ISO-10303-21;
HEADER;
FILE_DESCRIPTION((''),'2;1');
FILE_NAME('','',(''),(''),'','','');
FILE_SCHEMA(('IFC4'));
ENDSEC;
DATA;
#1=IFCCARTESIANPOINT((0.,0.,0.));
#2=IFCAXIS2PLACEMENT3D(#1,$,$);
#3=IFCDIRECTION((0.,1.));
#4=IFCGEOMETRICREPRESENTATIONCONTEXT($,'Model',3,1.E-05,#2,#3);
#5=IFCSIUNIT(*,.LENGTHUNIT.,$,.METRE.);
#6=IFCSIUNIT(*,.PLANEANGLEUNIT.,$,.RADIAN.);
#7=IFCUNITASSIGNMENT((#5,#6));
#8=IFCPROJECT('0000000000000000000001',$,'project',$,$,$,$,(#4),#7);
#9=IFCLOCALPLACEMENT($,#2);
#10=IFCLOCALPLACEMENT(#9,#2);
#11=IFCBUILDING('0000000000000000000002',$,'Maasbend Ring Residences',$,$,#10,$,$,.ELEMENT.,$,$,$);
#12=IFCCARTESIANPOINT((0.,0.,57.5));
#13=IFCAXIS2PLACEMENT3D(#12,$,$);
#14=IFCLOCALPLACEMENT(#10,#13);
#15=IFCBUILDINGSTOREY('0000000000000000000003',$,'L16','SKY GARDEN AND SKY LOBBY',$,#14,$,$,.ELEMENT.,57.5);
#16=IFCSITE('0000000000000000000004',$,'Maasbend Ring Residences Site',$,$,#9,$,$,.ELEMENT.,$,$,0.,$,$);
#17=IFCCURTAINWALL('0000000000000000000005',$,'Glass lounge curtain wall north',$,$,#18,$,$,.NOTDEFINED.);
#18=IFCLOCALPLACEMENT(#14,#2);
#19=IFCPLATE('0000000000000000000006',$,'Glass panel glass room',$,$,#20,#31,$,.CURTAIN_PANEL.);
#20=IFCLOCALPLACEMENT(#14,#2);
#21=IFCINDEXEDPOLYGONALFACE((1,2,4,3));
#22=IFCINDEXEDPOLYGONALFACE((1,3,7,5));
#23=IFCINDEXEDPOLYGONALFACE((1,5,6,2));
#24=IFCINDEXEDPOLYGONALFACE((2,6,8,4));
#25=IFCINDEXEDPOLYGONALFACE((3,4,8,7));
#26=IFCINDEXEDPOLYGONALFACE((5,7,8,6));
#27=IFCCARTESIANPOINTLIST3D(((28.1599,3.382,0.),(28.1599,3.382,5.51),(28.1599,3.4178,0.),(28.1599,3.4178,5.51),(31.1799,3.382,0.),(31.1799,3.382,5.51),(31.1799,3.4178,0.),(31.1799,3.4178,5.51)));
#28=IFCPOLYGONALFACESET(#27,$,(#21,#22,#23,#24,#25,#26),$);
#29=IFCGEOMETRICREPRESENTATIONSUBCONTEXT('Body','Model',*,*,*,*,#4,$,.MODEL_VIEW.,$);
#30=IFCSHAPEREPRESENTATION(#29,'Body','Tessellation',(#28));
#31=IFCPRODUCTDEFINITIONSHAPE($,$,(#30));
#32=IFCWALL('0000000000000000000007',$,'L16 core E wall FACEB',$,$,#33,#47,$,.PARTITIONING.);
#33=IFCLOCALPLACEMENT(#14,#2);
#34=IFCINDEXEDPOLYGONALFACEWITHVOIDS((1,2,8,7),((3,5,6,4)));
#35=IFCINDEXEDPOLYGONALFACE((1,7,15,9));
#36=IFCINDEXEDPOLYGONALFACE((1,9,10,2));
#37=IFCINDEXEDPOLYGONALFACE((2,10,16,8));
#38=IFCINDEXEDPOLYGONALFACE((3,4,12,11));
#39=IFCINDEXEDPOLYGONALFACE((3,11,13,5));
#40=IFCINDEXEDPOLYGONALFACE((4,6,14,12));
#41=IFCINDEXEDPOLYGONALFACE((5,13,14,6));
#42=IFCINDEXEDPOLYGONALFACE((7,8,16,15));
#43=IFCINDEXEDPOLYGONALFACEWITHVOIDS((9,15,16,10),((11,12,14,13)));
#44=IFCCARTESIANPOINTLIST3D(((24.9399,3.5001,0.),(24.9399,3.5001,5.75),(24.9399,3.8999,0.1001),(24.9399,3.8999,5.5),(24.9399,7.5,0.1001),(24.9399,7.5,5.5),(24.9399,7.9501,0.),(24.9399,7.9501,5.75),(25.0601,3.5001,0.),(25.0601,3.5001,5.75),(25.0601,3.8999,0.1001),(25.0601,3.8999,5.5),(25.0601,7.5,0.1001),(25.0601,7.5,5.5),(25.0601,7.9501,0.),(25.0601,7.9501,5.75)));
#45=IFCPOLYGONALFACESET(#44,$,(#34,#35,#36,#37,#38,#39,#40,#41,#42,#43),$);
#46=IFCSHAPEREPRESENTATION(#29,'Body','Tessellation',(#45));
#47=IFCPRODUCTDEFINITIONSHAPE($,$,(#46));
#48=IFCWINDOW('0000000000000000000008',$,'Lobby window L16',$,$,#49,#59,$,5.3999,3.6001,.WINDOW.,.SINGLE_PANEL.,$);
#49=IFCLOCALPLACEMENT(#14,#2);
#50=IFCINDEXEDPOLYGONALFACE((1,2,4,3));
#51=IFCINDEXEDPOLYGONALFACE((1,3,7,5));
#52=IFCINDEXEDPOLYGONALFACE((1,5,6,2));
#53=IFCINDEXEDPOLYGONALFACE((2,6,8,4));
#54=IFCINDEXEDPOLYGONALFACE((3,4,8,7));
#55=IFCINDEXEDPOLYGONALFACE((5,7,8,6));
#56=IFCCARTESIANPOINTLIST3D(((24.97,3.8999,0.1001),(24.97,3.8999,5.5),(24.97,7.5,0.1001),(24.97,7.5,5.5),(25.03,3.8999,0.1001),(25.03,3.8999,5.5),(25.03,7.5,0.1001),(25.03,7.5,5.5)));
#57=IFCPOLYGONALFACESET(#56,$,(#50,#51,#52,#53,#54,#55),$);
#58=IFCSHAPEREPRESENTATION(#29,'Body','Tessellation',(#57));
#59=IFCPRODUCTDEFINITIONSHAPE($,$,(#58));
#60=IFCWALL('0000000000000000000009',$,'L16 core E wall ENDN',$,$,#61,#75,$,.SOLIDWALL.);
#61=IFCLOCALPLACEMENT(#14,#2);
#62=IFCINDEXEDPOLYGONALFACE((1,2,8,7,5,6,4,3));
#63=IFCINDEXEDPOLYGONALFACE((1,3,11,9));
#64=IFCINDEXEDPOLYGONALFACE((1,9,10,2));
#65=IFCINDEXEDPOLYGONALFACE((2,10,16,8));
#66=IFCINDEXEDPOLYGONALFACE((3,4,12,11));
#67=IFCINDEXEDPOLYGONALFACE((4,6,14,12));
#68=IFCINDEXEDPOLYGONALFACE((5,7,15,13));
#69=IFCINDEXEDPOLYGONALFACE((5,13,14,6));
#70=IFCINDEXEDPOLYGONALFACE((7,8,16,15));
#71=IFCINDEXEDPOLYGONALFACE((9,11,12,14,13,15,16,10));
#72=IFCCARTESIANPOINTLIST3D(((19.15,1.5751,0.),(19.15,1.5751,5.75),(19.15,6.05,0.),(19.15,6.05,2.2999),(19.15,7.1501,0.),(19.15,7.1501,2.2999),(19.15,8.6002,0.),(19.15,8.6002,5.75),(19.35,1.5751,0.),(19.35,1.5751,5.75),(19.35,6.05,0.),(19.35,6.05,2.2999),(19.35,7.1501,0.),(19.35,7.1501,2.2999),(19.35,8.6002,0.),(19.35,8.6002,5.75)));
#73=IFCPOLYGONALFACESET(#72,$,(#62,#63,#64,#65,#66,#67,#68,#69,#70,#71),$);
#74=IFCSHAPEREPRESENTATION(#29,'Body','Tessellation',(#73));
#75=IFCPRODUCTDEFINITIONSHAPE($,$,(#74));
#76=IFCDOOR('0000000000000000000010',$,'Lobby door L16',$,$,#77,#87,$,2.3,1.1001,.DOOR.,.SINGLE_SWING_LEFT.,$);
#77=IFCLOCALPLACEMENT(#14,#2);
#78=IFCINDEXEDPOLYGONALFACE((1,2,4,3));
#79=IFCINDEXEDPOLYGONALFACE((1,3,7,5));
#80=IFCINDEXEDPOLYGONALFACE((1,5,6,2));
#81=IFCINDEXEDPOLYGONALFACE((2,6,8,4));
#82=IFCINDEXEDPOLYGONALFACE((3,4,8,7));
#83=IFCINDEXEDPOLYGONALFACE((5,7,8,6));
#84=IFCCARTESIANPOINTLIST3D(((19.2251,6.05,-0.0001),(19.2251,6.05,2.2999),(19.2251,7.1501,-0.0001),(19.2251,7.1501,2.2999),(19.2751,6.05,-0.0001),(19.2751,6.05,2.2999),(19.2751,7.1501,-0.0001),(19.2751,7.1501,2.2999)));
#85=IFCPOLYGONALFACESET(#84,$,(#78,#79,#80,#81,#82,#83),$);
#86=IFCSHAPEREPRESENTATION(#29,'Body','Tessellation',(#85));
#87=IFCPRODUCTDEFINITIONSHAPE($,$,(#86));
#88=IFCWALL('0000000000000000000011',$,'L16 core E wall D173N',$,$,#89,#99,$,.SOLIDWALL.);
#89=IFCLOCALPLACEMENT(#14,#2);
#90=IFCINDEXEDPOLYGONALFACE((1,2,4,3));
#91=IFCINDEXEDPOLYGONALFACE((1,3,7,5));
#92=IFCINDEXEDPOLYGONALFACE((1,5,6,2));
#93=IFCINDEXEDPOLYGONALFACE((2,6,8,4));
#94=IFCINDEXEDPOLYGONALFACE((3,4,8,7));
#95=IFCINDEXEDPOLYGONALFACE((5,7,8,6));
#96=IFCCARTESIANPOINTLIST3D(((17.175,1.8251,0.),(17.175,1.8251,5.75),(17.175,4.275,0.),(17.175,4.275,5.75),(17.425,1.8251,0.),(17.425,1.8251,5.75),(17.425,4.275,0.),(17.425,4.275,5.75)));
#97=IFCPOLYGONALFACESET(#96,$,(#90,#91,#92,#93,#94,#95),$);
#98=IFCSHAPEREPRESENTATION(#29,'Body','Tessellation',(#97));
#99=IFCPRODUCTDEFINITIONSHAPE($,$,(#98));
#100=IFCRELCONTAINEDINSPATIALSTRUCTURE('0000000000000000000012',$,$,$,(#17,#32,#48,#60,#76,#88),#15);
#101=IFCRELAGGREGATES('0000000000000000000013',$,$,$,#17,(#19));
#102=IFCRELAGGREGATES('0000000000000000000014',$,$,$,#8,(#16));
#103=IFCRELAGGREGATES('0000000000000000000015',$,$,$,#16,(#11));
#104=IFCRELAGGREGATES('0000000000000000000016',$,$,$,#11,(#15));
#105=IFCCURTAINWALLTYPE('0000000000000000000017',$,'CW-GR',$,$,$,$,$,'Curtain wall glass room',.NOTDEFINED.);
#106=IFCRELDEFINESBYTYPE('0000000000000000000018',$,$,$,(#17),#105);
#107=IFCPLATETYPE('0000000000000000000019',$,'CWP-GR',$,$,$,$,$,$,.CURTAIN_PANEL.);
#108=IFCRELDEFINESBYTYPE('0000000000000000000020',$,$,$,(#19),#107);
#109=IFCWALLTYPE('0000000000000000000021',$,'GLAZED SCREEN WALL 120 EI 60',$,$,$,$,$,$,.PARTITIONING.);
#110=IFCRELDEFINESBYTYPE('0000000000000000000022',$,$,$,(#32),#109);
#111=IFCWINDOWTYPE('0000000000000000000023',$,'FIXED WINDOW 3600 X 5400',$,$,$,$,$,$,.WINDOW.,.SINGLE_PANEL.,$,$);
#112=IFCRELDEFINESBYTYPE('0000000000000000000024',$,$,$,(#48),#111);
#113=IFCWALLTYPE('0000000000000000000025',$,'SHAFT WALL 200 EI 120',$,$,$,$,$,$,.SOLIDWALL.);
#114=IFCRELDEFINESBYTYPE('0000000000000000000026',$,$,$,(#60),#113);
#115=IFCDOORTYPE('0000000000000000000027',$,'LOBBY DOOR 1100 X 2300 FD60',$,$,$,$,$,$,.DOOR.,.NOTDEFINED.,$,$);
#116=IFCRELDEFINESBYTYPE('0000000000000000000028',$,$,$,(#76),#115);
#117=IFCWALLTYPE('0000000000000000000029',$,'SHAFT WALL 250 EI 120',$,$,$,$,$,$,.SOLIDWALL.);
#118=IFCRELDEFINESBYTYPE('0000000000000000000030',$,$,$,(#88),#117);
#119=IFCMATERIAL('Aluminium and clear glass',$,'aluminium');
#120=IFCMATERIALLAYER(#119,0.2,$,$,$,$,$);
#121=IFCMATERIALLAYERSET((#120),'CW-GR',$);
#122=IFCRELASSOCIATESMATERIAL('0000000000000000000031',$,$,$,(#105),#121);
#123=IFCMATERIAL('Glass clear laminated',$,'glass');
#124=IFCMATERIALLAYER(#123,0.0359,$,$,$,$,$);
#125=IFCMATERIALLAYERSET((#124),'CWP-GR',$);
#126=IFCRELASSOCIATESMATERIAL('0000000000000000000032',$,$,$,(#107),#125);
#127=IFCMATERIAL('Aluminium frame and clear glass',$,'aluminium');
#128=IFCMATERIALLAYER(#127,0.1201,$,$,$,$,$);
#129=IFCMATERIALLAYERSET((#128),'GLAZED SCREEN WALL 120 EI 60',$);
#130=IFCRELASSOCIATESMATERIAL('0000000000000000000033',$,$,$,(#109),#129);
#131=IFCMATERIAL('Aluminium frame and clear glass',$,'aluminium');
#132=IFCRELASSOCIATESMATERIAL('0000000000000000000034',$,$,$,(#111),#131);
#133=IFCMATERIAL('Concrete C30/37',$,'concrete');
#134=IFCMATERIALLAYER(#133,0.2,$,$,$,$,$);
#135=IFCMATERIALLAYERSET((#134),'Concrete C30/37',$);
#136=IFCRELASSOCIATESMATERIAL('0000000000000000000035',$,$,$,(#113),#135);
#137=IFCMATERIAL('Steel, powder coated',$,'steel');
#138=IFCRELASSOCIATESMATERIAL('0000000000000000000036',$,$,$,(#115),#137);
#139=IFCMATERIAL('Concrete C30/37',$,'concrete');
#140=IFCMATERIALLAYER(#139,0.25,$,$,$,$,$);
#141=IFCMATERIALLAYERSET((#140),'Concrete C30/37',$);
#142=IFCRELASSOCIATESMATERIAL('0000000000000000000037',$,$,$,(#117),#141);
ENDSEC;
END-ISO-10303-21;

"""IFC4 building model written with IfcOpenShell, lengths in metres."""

from ifc_helpers import new_model, si_unit, direction, frame, frame_2d, origin, origin_2d, place, context, subcontext, project, spatial, rectangle, extrude, material, layer, layer_set, type_object, element, fill, aggregate, save


model = new_model("IFC4")

# Units and contexts
model_context = context("Model", 3, precision=1e-05, world=origin(), true_north=direction((0.0, 1.0)))
body_context = subcontext(model_context, "Body", "Model", "MODEL_VIEW")
ifc_project = project(units=[si_unit("LENGTHUNIT", "METRE"), si_unit("PLANEANGLEUNIT", "RADIAN")], contexts=[model_context])

# Site, building, storey
site_placement = place(None, origin())
site = spatial("IfcSite", under=ifc_project, at=site_placement, Name="Maasbend Ring Residences Site", CompositionType="ELEMENT", RefElevation=0.0)
building_placement = place(site_placement, origin())
building = spatial("IfcBuilding", under=site, at=building_placement, Name="Maasbend Ring Residences", CompositionType="ELEMENT")
storey_placement = place(building_placement, frame((0.0, 0.0, 57.5)))
storey = spatial("IfcBuildingStorey", under=building, at=storey_placement, Name="L16", Description="SKY GARDEN AND SKY LOBBY", CompositionType="ELEMENT", Elevation=57.5)

# Curtain wall
ifc_material_1 = material(Name="Aluminium and clear glass", Category="aluminium")
ifc_layer_1 = layer(ifc_material_1, 0.2)
ifc_layer_set_1 = layer_set([ifc_layer_1], Name="CW-GR")
curtain_wall_type = type_object("IfcCurtainWallType", Name="CW-GR", ElementType="Curtain wall glass room", PredefinedType="NOTDEFINED", material=ifc_layer_set_1)
curtain_wall_1_placement = place(storey_placement, origin())
curtain_wall_1 = element("IfcCurtainWall", 1, at=curtain_wall_1_placement, inside=storey, type_object=curtain_wall_type, Name="Glass lounge curtain wall north", PredefinedType="NOTDEFINED")

# Plate
ifc_material_2 = material(Name="Glass clear laminated", Category="glass")
ifc_layer_2 = layer(ifc_material_2, 0.0359)
ifc_layer_set_2 = layer_set([ifc_layer_2], Name="CWP-GR")
plate_type = type_object("IfcPlateType", Name="CWP-GR", PredefinedType="CURTAIN_PANEL", material=ifc_layer_set_2)
plate_1_placement = place(storey_placement, frame((29.6699, 3.3999, 0.0), z_axis=(0.0, 0.0, 1.0), x_axis=(1.0, 0.0, 0.0)))
plate_1 = element("IfcPlate", 2, at=plate_1_placement, type_object=plate_type, Name="Glass panel glass room", PredefinedType="CURTAIN_PANEL", context=body_context, shape_type="SweptSolid", body=[
    extrude(rectangle(XDim=3.02, YDim=0.0359, at=origin_2d()), origin(), (0.0, 0.0, 1.0), 5.51),
])
aggregate(curtain_wall_1, [plate_1])

# Wall, opening, window
ifc_material_3 = material(Name="Aluminium frame and clear glass", Category="aluminium")
ifc_layer_3 = layer(ifc_material_3, 0.1201)
ifc_layer_set_3 = layer_set([ifc_layer_3], Name="GLAZED SCREEN WALL 120 EI 60")
wall_type_1 = type_object("IfcWallType", Name="GLAZED SCREEN WALL 120 EI 60", PredefinedType="PARTITIONING", material=ifc_layer_set_3)
wall_1_placement = place(storey_placement, frame((25.0, 3.5, 0.0), z_axis=(0.0, 0.0, 1.0), x_axis=(0.0, 1.0, 0.0)))
wall_1 = element("IfcWall", 3, at=wall_1_placement, inside=storey, type_object=wall_type_1, Name="L16 core E wall FACEB", PredefinedType="PARTITIONING", context=body_context, shape_type="SweptSolid", body=[
    extrude(rectangle(XDim=4.45, YDim=0.1201, at=frame_2d((2.2251, 0.0))), origin(), (0.0, 0.0, 1.0), 5.75),
])
opening_1_placement = place(wall_1_placement, frame((0.3999, 0.0, 0.1001)))
opening_1 = element("IfcOpeningElement", 4, at=opening_1_placement, cuts=wall_1, PredefinedType="OPENING", context=body_context, shape_type="SweptSolid", body=[
    extrude(rectangle(XDim=3.6001, YDim=5.3999, at=frame_2d((1.8, 2.7))), frame((0.0, 0.0701, 0.0), z_axis=(0.0, -1.0, 0.0), x_axis=(1.0, 0.0, 0.0)), (0.0, 0.0, 1.0), 0.1401),
])
ifc_material_4 = material(Name="Aluminium frame and clear glass", Category="aluminium")
window_type = type_object("IfcWindowType", Name="FIXED WINDOW 3600 X 5400", PartitioningType="SINGLE_PANEL", PredefinedType="WINDOW", material=ifc_material_4)
window_placement = place(opening_1_placement, origin())
window = element("IfcWindow", 5, at=window_placement, inside=storey, type_object=window_type, Name="Lobby window L16", OverallHeight=5.3999, OverallWidth=3.6001, PartitioningType="SINGLE_PANEL", PredefinedType="WINDOW", context=body_context, shape_type="SweptSolid", body=[
    extrude(rectangle(XDim=3.6001, YDim=5.3999, at=frame_2d((1.8, 2.7))), frame((0.0, 0.03, 0.0), z_axis=(0.0, -1.0, 0.0), x_axis=(1.0, 0.0, 0.0)), (0.0, 0.0, 1.0), 0.0601),
])
fill(opening_1, window)

# Wall, opening, door
ifc_material_5 = material(Name="Concrete C30/37", Category="concrete")
ifc_layer_4 = layer(ifc_material_5, 0.2)
ifc_layer_set_4 = layer_set([ifc_layer_4], Name="Concrete C30/37")
wall_type_2 = type_object("IfcWallType", Name="SHAFT WALL 200 EI 120", PredefinedType="SOLIDWALL", material=ifc_layer_set_4)
wall_2_placement = place(storey_placement, frame((19.25, 1.575, 0.0), z_axis=(0.0, 0.0, 1.0), x_axis=(0.0, 1.0, 0.0)))
wall_2 = element("IfcWall", 6, at=wall_2_placement, inside=storey, type_object=wall_type_2, Name="L16 core E wall ENDN", PredefinedType="SOLIDWALL", context=body_context, shape_type="SweptSolid", body=[
    extrude(rectangle(XDim=7.0251, YDim=0.2, at=frame_2d((3.5127, 0.0))), origin(), (0.0, 0.0, 1.0), 5.75),
])
opening_2_placement = place(wall_2_placement, frame((4.4751, 0.0, 0.0)))
opening_2 = element("IfcOpeningElement", 7, at=opening_2_placement, cuts=wall_2, PredefinedType="OPENING", context=body_context, shape_type="SweptSolid", body=[
    extrude(rectangle(XDim=1.1001, YDim=2.3, at=frame_2d((0.55, 1.1499))), frame((0.0, 0.1099, 0.0), z_axis=(0.0, -1.0, 0.0), x_axis=(1.0, 0.0, 0.0)), (0.0, 0.0, 1.0), 0.22),
])
ifc_material_6 = material(Name="Steel, powder coated", Category="steel")
door_type = type_object("IfcDoorType", Name="LOBBY DOOR 1100 X 2300 FD60", OperationType="NOTDEFINED", PredefinedType="DOOR", material=ifc_material_6)
door_placement = place(opening_2_placement, origin())
door = element("IfcDoor", 8, at=door_placement, inside=storey, type_object=door_type, Name="Lobby door L16", OperationType="SINGLE_SWING_LEFT", OverallHeight=2.3, OverallWidth=1.1001, PredefinedType="DOOR", context=body_context, shape_type="SweptSolid", body=[
    extrude(rectangle(XDim=1.1001, YDim=2.3, at=frame_2d((0.55, 1.1499))), frame((0.0, 0.0249, 0.0), z_axis=(0.0, -1.0, 0.0), x_axis=(1.0, 0.0, 0.0)), (0.0, 0.0, 1.0), 0.05),
])
fill(opening_2, door)

# Wall
ifc_material_7 = material(Name="Concrete C30/37", Category="concrete")
ifc_layer_5 = layer(ifc_material_7, 0.25)
ifc_layer_set_5 = layer_set([ifc_layer_5], Name="Concrete C30/37")
wall_type_3 = type_object("IfcWallType", Name="SHAFT WALL 250 EI 120", PredefinedType="SOLIDWALL", material=ifc_layer_set_5)
wall_3_placement = place(storey_placement, frame((17.3, 1.825, 0.0), z_axis=(0.0, 0.0, 1.0), x_axis=(0.0, 1.0, 0.0)))
element("IfcWall", 9, at=wall_3_placement, inside=storey, type_object=wall_type_3, Name="L16 core E wall D173N", PredefinedType="SOLIDWALL", context=body_context, shape_type="SweptSolid", body=[
    extrude(rectangle(XDim=2.45, YDim=0.25, at=frame_2d((1.2251, 0.0))), origin(), (0.0, 0.0, 1.0), 5.75),
])

save(model, "model.ifc")
